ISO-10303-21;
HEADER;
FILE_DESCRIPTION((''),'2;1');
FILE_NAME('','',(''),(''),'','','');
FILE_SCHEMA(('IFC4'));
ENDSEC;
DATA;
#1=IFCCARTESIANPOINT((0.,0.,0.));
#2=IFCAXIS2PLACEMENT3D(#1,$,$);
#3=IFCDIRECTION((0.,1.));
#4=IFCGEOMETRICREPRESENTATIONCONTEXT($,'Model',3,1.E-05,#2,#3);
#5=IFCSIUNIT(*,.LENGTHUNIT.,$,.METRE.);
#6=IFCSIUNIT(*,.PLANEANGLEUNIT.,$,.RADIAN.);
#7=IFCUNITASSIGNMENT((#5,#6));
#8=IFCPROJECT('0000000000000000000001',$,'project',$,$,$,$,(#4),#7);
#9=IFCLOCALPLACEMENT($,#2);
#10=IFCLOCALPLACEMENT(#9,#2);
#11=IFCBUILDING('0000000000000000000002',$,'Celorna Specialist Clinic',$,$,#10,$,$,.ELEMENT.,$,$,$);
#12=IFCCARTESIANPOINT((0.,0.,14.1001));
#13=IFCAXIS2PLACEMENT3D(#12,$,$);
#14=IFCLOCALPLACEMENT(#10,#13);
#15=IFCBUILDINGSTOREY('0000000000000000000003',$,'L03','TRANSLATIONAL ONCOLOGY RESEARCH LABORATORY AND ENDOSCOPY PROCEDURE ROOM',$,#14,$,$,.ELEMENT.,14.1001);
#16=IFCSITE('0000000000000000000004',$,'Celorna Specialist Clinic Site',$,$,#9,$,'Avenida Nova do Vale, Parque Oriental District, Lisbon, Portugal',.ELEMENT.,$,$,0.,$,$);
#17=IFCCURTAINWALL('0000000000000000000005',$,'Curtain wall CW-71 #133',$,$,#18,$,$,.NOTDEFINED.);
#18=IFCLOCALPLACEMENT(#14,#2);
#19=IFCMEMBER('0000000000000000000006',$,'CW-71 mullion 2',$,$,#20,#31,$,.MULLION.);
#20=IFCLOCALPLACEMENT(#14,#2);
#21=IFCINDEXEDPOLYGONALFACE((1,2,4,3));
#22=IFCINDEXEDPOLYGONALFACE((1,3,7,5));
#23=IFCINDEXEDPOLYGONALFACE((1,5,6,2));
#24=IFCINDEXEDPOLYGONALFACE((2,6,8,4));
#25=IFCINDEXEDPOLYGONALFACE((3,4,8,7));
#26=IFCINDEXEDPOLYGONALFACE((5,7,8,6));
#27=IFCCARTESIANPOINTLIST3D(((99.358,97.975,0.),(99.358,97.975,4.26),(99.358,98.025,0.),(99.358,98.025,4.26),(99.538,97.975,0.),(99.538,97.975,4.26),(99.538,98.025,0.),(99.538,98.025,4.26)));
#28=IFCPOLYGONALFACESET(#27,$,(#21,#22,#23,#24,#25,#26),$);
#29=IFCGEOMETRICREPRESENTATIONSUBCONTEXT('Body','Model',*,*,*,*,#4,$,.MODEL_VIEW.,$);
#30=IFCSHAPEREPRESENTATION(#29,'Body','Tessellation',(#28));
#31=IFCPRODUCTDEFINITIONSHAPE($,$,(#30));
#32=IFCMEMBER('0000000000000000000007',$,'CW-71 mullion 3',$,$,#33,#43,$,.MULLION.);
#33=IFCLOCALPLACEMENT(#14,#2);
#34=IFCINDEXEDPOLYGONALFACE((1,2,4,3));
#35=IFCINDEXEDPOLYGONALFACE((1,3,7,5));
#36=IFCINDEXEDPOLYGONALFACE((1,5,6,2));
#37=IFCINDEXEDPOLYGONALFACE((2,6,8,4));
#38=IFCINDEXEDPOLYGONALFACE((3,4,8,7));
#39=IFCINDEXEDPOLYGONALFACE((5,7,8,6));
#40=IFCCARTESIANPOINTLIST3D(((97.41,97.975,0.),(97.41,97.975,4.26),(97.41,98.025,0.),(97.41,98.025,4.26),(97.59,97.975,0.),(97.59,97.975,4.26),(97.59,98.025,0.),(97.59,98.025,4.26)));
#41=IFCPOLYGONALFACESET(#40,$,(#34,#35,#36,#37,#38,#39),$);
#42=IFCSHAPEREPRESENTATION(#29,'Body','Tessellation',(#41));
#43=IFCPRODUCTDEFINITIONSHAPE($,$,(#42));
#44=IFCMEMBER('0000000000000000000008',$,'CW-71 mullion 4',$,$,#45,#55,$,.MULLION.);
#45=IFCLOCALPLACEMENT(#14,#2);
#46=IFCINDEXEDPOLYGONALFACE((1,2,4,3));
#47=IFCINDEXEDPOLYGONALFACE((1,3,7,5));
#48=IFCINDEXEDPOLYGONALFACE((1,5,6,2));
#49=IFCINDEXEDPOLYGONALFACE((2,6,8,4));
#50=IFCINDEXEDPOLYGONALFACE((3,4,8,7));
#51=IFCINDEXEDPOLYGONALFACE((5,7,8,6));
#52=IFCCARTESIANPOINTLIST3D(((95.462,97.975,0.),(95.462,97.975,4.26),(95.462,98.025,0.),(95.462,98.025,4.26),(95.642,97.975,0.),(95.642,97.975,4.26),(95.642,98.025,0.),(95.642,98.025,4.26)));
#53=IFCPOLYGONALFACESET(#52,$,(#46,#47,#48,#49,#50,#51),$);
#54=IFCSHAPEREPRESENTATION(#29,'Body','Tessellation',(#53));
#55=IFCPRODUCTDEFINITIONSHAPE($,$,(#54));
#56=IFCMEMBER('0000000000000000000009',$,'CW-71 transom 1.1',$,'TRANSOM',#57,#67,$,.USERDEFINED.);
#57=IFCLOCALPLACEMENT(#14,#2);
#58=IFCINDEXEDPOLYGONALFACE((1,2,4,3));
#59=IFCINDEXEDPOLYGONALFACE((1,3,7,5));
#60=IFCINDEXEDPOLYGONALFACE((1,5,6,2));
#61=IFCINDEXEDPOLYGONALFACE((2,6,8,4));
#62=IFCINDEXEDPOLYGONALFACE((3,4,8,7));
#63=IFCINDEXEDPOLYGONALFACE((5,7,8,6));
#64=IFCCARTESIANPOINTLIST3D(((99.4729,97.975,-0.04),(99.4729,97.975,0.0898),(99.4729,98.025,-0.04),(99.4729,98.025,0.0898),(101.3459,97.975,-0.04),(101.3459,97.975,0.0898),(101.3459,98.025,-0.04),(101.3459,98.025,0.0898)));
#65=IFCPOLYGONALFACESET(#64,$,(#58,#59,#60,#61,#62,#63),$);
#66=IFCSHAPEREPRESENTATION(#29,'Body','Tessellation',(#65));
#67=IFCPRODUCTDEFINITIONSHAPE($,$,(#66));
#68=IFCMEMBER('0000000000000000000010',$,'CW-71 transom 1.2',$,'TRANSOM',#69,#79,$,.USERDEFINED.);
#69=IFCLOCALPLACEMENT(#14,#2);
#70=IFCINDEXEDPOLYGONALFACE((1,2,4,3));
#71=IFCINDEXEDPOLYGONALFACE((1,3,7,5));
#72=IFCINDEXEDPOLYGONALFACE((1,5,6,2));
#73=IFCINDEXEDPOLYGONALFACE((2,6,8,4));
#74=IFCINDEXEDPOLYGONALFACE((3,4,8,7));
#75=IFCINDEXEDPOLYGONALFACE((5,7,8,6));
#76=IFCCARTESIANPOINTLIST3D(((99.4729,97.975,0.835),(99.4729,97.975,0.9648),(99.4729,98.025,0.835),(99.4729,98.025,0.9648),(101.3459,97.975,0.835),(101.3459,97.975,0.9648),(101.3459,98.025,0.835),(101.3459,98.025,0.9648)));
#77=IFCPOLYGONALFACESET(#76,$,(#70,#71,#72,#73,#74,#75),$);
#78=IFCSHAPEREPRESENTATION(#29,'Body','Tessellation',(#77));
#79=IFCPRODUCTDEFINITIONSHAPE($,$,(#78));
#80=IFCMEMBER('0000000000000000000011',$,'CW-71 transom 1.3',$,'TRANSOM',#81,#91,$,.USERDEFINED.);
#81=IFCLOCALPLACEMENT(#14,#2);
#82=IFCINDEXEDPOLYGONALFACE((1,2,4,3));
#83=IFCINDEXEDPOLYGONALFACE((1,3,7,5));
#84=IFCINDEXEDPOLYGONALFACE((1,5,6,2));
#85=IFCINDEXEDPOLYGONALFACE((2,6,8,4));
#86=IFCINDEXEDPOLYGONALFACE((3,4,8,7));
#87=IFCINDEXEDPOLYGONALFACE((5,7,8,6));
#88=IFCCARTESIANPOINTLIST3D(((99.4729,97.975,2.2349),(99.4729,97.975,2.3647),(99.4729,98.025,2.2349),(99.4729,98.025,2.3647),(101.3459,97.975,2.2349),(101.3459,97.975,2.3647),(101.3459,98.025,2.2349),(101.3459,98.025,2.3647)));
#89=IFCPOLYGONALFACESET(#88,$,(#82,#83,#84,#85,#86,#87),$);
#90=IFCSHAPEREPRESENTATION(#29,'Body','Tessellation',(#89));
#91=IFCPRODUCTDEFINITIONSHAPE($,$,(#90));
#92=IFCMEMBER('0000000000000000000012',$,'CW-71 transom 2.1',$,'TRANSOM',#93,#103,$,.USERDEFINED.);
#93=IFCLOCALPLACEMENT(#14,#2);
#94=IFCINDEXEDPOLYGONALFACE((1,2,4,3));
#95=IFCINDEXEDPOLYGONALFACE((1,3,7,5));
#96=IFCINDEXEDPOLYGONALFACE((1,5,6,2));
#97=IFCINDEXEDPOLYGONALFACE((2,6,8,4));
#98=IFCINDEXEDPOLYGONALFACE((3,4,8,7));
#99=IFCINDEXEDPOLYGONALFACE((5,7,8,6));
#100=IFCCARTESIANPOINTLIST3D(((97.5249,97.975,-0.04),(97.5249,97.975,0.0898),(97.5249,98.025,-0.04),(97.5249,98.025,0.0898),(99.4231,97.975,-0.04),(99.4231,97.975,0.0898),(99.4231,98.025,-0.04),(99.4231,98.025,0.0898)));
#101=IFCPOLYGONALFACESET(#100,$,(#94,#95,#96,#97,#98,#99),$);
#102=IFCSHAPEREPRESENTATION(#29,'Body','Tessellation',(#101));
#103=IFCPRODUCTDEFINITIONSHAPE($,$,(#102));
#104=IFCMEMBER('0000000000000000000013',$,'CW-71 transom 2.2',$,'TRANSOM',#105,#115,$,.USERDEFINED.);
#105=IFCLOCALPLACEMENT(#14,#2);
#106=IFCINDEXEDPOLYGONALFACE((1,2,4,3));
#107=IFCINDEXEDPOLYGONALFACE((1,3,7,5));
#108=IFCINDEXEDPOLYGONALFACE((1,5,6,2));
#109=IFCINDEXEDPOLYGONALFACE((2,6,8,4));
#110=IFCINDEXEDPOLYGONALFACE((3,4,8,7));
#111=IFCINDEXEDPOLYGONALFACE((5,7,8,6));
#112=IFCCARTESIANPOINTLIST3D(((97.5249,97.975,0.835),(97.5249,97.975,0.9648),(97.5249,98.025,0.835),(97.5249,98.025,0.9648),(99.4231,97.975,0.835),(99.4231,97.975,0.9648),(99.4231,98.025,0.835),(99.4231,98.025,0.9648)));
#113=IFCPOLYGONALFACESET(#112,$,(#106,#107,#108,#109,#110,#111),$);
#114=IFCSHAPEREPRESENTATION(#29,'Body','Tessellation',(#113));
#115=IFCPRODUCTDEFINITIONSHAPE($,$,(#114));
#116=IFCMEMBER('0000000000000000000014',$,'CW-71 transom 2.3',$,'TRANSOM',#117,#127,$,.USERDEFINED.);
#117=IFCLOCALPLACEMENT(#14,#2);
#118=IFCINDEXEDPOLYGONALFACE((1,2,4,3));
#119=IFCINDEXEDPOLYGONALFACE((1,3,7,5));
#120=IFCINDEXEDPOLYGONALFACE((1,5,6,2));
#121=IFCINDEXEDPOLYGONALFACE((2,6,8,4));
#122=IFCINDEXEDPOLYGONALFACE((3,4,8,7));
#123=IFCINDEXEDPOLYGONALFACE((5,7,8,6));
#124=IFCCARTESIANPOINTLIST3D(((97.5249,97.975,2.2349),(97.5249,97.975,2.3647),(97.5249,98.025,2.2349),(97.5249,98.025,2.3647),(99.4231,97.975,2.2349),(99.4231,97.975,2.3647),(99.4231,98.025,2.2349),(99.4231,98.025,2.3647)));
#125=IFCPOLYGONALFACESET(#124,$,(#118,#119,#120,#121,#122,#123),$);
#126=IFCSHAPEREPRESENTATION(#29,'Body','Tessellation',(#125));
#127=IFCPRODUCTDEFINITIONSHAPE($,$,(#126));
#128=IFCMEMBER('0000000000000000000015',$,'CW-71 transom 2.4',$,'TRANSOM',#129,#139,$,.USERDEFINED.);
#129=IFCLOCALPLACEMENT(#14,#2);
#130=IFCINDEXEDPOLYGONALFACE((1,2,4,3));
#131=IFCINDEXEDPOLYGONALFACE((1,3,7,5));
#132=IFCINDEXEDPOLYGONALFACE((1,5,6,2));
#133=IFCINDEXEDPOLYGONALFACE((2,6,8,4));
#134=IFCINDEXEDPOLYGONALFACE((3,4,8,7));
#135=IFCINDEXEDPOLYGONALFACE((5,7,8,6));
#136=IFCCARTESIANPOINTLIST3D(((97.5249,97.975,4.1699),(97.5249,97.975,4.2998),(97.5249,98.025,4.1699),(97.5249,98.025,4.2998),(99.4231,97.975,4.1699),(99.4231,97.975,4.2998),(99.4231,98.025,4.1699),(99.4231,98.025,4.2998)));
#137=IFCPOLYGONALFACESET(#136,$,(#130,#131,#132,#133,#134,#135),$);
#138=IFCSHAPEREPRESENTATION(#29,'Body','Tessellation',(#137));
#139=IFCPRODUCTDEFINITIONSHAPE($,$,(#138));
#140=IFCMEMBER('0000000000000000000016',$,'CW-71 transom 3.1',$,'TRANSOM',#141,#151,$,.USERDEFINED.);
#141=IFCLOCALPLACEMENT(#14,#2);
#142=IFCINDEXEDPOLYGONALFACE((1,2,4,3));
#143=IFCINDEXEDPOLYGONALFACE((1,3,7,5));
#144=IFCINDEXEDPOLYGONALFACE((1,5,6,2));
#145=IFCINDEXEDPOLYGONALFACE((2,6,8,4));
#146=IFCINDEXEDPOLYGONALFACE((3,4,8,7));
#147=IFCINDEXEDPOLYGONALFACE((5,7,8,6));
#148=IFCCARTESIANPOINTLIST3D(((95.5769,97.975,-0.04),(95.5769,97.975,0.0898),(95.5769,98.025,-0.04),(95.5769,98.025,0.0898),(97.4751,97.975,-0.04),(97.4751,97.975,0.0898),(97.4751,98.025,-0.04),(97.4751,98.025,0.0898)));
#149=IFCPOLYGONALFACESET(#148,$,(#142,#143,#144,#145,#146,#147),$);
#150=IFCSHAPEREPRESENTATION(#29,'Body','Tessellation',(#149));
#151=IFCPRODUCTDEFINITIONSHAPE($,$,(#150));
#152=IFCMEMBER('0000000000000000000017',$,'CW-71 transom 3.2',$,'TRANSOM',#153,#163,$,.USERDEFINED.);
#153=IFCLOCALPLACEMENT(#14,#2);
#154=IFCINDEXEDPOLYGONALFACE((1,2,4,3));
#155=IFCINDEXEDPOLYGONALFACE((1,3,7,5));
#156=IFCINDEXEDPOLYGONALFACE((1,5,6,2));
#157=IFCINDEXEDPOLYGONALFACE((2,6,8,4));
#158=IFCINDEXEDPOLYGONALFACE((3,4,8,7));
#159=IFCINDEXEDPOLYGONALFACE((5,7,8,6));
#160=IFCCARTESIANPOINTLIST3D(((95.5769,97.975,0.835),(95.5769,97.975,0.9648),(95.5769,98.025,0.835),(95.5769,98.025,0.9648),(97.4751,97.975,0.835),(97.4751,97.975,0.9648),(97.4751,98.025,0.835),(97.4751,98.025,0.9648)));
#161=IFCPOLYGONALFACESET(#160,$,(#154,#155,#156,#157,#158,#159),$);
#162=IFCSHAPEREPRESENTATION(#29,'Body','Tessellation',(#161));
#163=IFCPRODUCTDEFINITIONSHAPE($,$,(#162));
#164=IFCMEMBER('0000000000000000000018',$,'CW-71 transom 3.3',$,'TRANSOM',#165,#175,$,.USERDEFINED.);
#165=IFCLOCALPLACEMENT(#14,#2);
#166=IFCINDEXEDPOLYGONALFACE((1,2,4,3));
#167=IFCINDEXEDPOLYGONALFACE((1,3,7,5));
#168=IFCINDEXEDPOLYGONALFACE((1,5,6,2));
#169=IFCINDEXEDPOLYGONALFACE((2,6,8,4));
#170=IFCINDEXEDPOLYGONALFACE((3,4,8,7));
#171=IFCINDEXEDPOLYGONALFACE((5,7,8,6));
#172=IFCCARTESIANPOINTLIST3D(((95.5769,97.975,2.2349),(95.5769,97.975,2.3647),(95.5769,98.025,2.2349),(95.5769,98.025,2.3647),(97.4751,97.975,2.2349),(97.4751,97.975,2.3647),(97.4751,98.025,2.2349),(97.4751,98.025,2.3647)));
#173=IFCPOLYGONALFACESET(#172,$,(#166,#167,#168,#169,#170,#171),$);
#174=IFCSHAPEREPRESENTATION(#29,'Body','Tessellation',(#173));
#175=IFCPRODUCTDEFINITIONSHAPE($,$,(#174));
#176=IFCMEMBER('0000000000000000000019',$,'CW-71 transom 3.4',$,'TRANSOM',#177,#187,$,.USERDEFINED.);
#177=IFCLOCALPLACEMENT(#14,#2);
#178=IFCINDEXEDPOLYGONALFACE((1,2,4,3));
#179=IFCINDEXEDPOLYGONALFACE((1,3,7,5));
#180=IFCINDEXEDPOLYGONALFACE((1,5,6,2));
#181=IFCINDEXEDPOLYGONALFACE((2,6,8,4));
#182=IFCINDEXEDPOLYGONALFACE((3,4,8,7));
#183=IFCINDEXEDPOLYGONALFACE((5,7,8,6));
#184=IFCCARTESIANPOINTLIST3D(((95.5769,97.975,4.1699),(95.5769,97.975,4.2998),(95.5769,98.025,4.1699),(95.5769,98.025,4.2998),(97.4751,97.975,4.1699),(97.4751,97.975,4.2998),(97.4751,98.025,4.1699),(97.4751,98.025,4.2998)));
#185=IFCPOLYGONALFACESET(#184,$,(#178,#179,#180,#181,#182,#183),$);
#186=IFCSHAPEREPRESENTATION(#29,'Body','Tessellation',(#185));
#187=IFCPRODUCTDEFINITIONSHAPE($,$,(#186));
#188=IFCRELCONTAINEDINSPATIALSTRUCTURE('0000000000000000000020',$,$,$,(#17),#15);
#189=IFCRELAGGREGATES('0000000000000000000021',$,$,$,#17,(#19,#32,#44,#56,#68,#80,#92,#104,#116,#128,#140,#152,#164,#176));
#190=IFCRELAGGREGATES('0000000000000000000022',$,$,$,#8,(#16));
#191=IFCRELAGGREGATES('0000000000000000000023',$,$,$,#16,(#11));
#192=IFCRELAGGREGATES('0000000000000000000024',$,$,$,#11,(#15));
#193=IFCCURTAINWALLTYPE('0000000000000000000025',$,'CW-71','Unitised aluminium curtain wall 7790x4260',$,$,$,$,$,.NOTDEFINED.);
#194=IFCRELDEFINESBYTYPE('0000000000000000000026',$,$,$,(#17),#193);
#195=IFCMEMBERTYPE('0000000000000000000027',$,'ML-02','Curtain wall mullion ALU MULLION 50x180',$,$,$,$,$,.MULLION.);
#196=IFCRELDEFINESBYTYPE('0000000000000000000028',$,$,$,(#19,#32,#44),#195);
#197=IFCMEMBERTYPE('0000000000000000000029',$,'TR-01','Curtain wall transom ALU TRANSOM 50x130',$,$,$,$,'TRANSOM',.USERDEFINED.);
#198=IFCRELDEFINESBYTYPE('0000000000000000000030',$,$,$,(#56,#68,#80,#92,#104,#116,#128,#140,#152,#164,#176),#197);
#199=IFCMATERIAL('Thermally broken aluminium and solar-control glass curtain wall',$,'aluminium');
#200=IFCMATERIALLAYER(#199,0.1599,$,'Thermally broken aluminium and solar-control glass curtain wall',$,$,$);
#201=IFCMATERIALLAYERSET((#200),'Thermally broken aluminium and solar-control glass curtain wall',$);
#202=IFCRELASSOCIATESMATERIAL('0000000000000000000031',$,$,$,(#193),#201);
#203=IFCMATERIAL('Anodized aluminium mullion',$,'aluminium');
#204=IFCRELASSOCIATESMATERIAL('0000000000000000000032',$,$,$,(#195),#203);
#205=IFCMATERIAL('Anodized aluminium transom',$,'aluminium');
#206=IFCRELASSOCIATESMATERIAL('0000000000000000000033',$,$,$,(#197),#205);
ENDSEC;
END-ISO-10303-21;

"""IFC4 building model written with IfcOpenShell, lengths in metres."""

from ifc_helpers import new_model, si_unit, direction, frame, origin, origin_2d, place, context, subcontext, project, spatial, rectangle, extrude, material, layer, layer_set, material_profile, profile_set, type_object, element, aggregate, save


model = new_model("IFC4")

# Units and contexts
model_context = context("Model", 3, precision=1e-05, world=origin(), true_north=direction((0.0, 1.0)))
body_context = subcontext(model_context, "Body", "Model", "MODEL_VIEW")
ifc_project = project(units=[si_unit("LENGTHUNIT", "METRE"), si_unit("PLANEANGLEUNIT", "RADIAN")], contexts=[model_context])

# Site, building, storey
site_placement = place(None, origin())
site = spatial("IfcSite", under=ifc_project, at=site_placement, Name="Celorna Specialist Clinic Site", LongName="Avenida Nova do Vale, Parque Oriental District, Lisbon, Portugal", CompositionType="ELEMENT", RefElevation=0.0)
building_placement = place(site_placement, origin())
building = spatial("IfcBuilding", under=site, at=building_placement, Name="Celorna Specialist Clinic", CompositionType="ELEMENT")
storey_placement = place(building_placement, frame((0.0, 0.0, 14.1001)))
storey = spatial("IfcBuildingStorey", under=building, at=storey_placement, Name="L03", Description="TRANSLATIONAL ONCOLOGY RESEARCH LABORATORY AND ENDOSCOPY PROCEDURE ROOM", CompositionType="ELEMENT", Elevation=14.1001)

# Curtain wall, members
ifc_material_1 = material(Name="Thermally broken aluminium and solar-control glass curtain wall", Category="aluminium")
ifc_layer_1 = layer(ifc_material_1, 0.1599, Name="Thermally broken aluminium and solar-control glass curtain wall")
ifc_layer_set_1 = layer_set([ifc_layer_1], Name="Thermally broken aluminium and solar-control glass curtain wall")
curtain_wall_type = type_object("IfcCurtainWallType", Name="CW-71", Description="Unitised aluminium curtain wall 7790x4260", PredefinedType="NOTDEFINED", material=ifc_layer_set_1)
curtain_wall_placement = place(storey_placement, origin())
curtain_wall = element("IfcCurtainWall", 1, at=curtain_wall_placement, inside=storey, type_object=curtain_wall_type, Name="Curtain wall CW-71 #133", PredefinedType="NOTDEFINED")
ifc_material_2 = material(Name="Anodized aluminium mullion", Category="aluminium")
ifc_material_profile_1 = material_profile(ifc_material_2, rectangle(XDim=0.05, YDim=0.1799, at=origin_2d()), Name="ALU MULLION 50x180")
ifc_profile_set_1 = profile_set([ifc_material_profile_1], Name="Anodized aluminium mullion")
member_type_1 = type_object("IfcMemberType", Name="ML-02", Description="Curtain wall mullion ALU MULLION 50x180", PredefinedType="MULLION", material=ifc_profile_set_1)
member_1_placement = place(storey_placement, frame((99.448, 98.0, 0.0), z_axis=(0.0, 0.0, 1.0), x_axis=(0.0, -1.0, 0.0)))
member_1 = element("IfcMember", 2, at=member_1_placement, type_object=member_type_1, Name="CW-71 mullion 2", PredefinedType="MULLION", context=body_context, shape_type="SweptSolid", body=[
    extrude(rectangle(XDim=0.05, YDim=0.1799, at=origin_2d()), origin(), (0.0, 0.0, 1.0), 4.26),
])
member_2_placement = place(storey_placement, frame((97.5, 98.0, 0.0), z_axis=(0.0, 0.0, 1.0), x_axis=(0.0, -1.0, 0.0)))
member_2 = element("IfcMember", 3, at=member_2_placement, type_object=member_type_1, Name="CW-71 mullion 3", PredefinedType="MULLION", context=body_context, shape_type="SweptSolid", body=[
    extrude(rectangle(XDim=0.05, YDim=0.1799, at=origin_2d()), origin(), (0.0, 0.0, 1.0), 4.26),
])
member_3_placement = place(storey_placement, frame((95.552, 98.0, 0.0), z_axis=(0.0, 0.0, 1.0), x_axis=(0.0, -1.0, 0.0)))
member_3 = element("IfcMember", 4, at=member_3_placement, type_object=member_type_1, Name="CW-71 mullion 4", PredefinedType="MULLION", context=body_context, shape_type="SweptSolid", body=[
    extrude(rectangle(XDim=0.05, YDim=0.1799, at=origin_2d()), origin(), (0.0, 0.0, 1.0), 4.26),
])
ifc_material_3 = material(Name="Anodized aluminium transom", Category="aluminium")
ifc_material_profile_2 = material_profile(ifc_material_3, rectangle(XDim=0.05, YDim=0.1299, at=origin_2d()), Name="ALU TRANSOM 50x130")
ifc_profile_set_2 = profile_set([ifc_material_profile_2], Name="Anodized aluminium transom")
member_type_2 = type_object("IfcMemberType", Name="TR-01", Description="Curtain wall transom ALU TRANSOM 50x130", ElementType="TRANSOM", PredefinedType="USERDEFINED", material=ifc_profile_set_2)
member_4_placement = place(storey_placement, frame((101.3459, 98.0, 0.0249), z_axis=(-1.0, 0.0, 0.0), x_axis=(0.0, -1.0, 0.0)))
member_4 = element("IfcMember", 5, at=member_4_placement, type_object=member_type_2, Name="CW-71 transom 1.1", ObjectType="TRANSOM", PredefinedType="USERDEFINED", context=body_context, shape_type="SweptSolid", body=[
    extrude(rectangle(XDim=0.05, YDim=0.1299, at=origin_2d()), origin(), (0.0, 0.0, 1.0), 1.873),
])
member_5_placement = place(storey_placement, frame((101.3459, 98.0, 0.8999), z_axis=(-1.0, 0.0, 0.0), x_axis=(0.0, -1.0, 0.0)))
member_5 = element("IfcMember", 6, at=member_5_placement, type_object=member_type_2, Name="CW-71 transom 1.2", ObjectType="TRANSOM", PredefinedType="USERDEFINED", context=body_context, shape_type="SweptSolid", body=[
    extrude(rectangle(XDim=0.05, YDim=0.1299, at=origin_2d()), origin(), (0.0, 0.0, 1.0), 1.873),
])
member_6_placement = place(storey_placement, frame((101.3459, 98.0, 2.2998), z_axis=(-1.0, 0.0, 0.0), x_axis=(0.0, -1.0, 0.0)))
member_6 = element("IfcMember", 7, at=member_6_placement, type_object=member_type_2, Name="CW-71 transom 1.3", ObjectType="TRANSOM", PredefinedType="USERDEFINED", context=body_context, shape_type="SweptSolid", body=[
    extrude(rectangle(XDim=0.05, YDim=0.1299, at=origin_2d()), origin(), (0.0, 0.0, 1.0), 1.873),
])
member_7_placement = place(storey_placement, frame((99.4231, 98.0, 0.0249), z_axis=(-1.0, 0.0, 0.0), x_axis=(0.0, -1.0, 0.0)))
member_7 = element("IfcMember", 8, at=member_7_placement, type_object=member_type_2, Name="CW-71 transom 2.1", ObjectType="TRANSOM", PredefinedType="USERDEFINED", context=body_context, shape_type="SweptSolid", body=[
    extrude(rectangle(XDim=0.05, YDim=0.1299, at=origin_2d()), origin(), (0.0, 0.0, 1.0), 1.8982),
])
member_8_placement = place(storey_placement, frame((99.4231, 98.0, 0.8999), z_axis=(-1.0, 0.0, 0.0), x_axis=(0.0, -1.0, 0.0)))
member_8 = element("IfcMember", 9, at=member_8_placement, type_object=member_type_2, Name="CW-71 transom 2.2", ObjectType="TRANSOM", PredefinedType="USERDEFINED", context=body_context, shape_type="SweptSolid", body=[
    extrude(rectangle(XDim=0.05, YDim=0.1299, at=origin_2d()), origin(), (0.0, 0.0, 1.0), 1.8982),
])
member_9_placement = place(storey_placement, frame((99.4231, 98.0, 2.2998), z_axis=(-1.0, 0.0, 0.0), x_axis=(0.0, -1.0, 0.0)))
member_9 = element("IfcMember", 10, at=member_9_placement, type_object=member_type_2, Name="CW-71 transom 2.3", ObjectType="TRANSOM", PredefinedType="USERDEFINED", context=body_context, shape_type="SweptSolid", body=[
    extrude(rectangle(XDim=0.05, YDim=0.1299, at=origin_2d()), origin(), (0.0, 0.0, 1.0), 1.8982),
])
member_10_placement = place(storey_placement, frame((99.4231, 98.0, 4.2349), z_axis=(-1.0, 0.0, 0.0), x_axis=(0.0, -1.0, 0.0)))
member_10 = element("IfcMember", 11, at=member_10_placement, type_object=member_type_2, Name="CW-71 transom 2.4", ObjectType="TRANSOM", PredefinedType="USERDEFINED", context=body_context, shape_type="SweptSolid", body=[
    extrude(rectangle(XDim=0.05, YDim=0.1299, at=origin_2d()), origin(), (0.0, 0.0, 1.0), 1.8982),
])
member_11_placement = place(storey_placement, frame((97.4751, 98.0, 0.0249), z_axis=(-1.0, 0.0, 0.0), x_axis=(0.0, -1.0, 0.0)))
member_11 = element("IfcMember", 12, at=member_11_placement, type_object=member_type_2, Name="CW-71 transom 3.1", ObjectType="TRANSOM", PredefinedType="USERDEFINED", context=body_context, shape_type="SweptSolid", body=[
    extrude(rectangle(XDim=0.05, YDim=0.1299, at=origin_2d()), origin(), (0.0, 0.0, 1.0), 1.8982),
])
member_12_placement = place(storey_placement, frame((97.4751, 98.0, 0.8999), z_axis=(-1.0, 0.0, 0.0), x_axis=(0.0, -1.0, 0.0)))
member_12 = element("IfcMember", 13, at=member_12_placement, type_object=member_type_2, Name="CW-71 transom 3.2", ObjectType="TRANSOM", PredefinedType="USERDEFINED", context=body_context, shape_type="SweptSolid", body=[
    extrude(rectangle(XDim=0.05, YDim=0.1299, at=origin_2d()), origin(), (0.0, 0.0, 1.0), 1.8982),
])
member_13_placement = place(storey_placement, frame((97.4751, 98.0, 2.2998), z_axis=(-1.0, 0.0, 0.0), x_axis=(0.0, -1.0, 0.0)))
member_13 = element("IfcMember", 14, at=member_13_placement, type_object=member_type_2, Name="CW-71 transom 3.3", ObjectType="TRANSOM", PredefinedType="USERDEFINED", context=body_context, shape_type="SweptSolid", body=[
    extrude(rectangle(XDim=0.05, YDim=0.1299, at=origin_2d()), origin(), (0.0, 0.0, 1.0), 1.8982),
])
member_14_placement = place(storey_placement, frame((97.4751, 98.0, 4.2349), z_axis=(-1.0, 0.0, 0.0), x_axis=(0.0, -1.0, 0.0)))
member_14 = element("IfcMember", 15, at=member_14_placement, type_object=member_type_2, Name="CW-71 transom 3.4", ObjectType="TRANSOM", PredefinedType="USERDEFINED", context=body_context, shape_type="SweptSolid", body=[
    extrude(rectangle(XDim=0.05, YDim=0.1299, at=origin_2d()), origin(), (0.0, 0.0, 1.0), 1.8982),
])
aggregate(curtain_wall, [member_1, member_2, member_3, member_4, member_5, member_6, member_7, member_8, member_9, member_10, member_11, member_12, member_13, member_14])

save(model, "model.ifc")
